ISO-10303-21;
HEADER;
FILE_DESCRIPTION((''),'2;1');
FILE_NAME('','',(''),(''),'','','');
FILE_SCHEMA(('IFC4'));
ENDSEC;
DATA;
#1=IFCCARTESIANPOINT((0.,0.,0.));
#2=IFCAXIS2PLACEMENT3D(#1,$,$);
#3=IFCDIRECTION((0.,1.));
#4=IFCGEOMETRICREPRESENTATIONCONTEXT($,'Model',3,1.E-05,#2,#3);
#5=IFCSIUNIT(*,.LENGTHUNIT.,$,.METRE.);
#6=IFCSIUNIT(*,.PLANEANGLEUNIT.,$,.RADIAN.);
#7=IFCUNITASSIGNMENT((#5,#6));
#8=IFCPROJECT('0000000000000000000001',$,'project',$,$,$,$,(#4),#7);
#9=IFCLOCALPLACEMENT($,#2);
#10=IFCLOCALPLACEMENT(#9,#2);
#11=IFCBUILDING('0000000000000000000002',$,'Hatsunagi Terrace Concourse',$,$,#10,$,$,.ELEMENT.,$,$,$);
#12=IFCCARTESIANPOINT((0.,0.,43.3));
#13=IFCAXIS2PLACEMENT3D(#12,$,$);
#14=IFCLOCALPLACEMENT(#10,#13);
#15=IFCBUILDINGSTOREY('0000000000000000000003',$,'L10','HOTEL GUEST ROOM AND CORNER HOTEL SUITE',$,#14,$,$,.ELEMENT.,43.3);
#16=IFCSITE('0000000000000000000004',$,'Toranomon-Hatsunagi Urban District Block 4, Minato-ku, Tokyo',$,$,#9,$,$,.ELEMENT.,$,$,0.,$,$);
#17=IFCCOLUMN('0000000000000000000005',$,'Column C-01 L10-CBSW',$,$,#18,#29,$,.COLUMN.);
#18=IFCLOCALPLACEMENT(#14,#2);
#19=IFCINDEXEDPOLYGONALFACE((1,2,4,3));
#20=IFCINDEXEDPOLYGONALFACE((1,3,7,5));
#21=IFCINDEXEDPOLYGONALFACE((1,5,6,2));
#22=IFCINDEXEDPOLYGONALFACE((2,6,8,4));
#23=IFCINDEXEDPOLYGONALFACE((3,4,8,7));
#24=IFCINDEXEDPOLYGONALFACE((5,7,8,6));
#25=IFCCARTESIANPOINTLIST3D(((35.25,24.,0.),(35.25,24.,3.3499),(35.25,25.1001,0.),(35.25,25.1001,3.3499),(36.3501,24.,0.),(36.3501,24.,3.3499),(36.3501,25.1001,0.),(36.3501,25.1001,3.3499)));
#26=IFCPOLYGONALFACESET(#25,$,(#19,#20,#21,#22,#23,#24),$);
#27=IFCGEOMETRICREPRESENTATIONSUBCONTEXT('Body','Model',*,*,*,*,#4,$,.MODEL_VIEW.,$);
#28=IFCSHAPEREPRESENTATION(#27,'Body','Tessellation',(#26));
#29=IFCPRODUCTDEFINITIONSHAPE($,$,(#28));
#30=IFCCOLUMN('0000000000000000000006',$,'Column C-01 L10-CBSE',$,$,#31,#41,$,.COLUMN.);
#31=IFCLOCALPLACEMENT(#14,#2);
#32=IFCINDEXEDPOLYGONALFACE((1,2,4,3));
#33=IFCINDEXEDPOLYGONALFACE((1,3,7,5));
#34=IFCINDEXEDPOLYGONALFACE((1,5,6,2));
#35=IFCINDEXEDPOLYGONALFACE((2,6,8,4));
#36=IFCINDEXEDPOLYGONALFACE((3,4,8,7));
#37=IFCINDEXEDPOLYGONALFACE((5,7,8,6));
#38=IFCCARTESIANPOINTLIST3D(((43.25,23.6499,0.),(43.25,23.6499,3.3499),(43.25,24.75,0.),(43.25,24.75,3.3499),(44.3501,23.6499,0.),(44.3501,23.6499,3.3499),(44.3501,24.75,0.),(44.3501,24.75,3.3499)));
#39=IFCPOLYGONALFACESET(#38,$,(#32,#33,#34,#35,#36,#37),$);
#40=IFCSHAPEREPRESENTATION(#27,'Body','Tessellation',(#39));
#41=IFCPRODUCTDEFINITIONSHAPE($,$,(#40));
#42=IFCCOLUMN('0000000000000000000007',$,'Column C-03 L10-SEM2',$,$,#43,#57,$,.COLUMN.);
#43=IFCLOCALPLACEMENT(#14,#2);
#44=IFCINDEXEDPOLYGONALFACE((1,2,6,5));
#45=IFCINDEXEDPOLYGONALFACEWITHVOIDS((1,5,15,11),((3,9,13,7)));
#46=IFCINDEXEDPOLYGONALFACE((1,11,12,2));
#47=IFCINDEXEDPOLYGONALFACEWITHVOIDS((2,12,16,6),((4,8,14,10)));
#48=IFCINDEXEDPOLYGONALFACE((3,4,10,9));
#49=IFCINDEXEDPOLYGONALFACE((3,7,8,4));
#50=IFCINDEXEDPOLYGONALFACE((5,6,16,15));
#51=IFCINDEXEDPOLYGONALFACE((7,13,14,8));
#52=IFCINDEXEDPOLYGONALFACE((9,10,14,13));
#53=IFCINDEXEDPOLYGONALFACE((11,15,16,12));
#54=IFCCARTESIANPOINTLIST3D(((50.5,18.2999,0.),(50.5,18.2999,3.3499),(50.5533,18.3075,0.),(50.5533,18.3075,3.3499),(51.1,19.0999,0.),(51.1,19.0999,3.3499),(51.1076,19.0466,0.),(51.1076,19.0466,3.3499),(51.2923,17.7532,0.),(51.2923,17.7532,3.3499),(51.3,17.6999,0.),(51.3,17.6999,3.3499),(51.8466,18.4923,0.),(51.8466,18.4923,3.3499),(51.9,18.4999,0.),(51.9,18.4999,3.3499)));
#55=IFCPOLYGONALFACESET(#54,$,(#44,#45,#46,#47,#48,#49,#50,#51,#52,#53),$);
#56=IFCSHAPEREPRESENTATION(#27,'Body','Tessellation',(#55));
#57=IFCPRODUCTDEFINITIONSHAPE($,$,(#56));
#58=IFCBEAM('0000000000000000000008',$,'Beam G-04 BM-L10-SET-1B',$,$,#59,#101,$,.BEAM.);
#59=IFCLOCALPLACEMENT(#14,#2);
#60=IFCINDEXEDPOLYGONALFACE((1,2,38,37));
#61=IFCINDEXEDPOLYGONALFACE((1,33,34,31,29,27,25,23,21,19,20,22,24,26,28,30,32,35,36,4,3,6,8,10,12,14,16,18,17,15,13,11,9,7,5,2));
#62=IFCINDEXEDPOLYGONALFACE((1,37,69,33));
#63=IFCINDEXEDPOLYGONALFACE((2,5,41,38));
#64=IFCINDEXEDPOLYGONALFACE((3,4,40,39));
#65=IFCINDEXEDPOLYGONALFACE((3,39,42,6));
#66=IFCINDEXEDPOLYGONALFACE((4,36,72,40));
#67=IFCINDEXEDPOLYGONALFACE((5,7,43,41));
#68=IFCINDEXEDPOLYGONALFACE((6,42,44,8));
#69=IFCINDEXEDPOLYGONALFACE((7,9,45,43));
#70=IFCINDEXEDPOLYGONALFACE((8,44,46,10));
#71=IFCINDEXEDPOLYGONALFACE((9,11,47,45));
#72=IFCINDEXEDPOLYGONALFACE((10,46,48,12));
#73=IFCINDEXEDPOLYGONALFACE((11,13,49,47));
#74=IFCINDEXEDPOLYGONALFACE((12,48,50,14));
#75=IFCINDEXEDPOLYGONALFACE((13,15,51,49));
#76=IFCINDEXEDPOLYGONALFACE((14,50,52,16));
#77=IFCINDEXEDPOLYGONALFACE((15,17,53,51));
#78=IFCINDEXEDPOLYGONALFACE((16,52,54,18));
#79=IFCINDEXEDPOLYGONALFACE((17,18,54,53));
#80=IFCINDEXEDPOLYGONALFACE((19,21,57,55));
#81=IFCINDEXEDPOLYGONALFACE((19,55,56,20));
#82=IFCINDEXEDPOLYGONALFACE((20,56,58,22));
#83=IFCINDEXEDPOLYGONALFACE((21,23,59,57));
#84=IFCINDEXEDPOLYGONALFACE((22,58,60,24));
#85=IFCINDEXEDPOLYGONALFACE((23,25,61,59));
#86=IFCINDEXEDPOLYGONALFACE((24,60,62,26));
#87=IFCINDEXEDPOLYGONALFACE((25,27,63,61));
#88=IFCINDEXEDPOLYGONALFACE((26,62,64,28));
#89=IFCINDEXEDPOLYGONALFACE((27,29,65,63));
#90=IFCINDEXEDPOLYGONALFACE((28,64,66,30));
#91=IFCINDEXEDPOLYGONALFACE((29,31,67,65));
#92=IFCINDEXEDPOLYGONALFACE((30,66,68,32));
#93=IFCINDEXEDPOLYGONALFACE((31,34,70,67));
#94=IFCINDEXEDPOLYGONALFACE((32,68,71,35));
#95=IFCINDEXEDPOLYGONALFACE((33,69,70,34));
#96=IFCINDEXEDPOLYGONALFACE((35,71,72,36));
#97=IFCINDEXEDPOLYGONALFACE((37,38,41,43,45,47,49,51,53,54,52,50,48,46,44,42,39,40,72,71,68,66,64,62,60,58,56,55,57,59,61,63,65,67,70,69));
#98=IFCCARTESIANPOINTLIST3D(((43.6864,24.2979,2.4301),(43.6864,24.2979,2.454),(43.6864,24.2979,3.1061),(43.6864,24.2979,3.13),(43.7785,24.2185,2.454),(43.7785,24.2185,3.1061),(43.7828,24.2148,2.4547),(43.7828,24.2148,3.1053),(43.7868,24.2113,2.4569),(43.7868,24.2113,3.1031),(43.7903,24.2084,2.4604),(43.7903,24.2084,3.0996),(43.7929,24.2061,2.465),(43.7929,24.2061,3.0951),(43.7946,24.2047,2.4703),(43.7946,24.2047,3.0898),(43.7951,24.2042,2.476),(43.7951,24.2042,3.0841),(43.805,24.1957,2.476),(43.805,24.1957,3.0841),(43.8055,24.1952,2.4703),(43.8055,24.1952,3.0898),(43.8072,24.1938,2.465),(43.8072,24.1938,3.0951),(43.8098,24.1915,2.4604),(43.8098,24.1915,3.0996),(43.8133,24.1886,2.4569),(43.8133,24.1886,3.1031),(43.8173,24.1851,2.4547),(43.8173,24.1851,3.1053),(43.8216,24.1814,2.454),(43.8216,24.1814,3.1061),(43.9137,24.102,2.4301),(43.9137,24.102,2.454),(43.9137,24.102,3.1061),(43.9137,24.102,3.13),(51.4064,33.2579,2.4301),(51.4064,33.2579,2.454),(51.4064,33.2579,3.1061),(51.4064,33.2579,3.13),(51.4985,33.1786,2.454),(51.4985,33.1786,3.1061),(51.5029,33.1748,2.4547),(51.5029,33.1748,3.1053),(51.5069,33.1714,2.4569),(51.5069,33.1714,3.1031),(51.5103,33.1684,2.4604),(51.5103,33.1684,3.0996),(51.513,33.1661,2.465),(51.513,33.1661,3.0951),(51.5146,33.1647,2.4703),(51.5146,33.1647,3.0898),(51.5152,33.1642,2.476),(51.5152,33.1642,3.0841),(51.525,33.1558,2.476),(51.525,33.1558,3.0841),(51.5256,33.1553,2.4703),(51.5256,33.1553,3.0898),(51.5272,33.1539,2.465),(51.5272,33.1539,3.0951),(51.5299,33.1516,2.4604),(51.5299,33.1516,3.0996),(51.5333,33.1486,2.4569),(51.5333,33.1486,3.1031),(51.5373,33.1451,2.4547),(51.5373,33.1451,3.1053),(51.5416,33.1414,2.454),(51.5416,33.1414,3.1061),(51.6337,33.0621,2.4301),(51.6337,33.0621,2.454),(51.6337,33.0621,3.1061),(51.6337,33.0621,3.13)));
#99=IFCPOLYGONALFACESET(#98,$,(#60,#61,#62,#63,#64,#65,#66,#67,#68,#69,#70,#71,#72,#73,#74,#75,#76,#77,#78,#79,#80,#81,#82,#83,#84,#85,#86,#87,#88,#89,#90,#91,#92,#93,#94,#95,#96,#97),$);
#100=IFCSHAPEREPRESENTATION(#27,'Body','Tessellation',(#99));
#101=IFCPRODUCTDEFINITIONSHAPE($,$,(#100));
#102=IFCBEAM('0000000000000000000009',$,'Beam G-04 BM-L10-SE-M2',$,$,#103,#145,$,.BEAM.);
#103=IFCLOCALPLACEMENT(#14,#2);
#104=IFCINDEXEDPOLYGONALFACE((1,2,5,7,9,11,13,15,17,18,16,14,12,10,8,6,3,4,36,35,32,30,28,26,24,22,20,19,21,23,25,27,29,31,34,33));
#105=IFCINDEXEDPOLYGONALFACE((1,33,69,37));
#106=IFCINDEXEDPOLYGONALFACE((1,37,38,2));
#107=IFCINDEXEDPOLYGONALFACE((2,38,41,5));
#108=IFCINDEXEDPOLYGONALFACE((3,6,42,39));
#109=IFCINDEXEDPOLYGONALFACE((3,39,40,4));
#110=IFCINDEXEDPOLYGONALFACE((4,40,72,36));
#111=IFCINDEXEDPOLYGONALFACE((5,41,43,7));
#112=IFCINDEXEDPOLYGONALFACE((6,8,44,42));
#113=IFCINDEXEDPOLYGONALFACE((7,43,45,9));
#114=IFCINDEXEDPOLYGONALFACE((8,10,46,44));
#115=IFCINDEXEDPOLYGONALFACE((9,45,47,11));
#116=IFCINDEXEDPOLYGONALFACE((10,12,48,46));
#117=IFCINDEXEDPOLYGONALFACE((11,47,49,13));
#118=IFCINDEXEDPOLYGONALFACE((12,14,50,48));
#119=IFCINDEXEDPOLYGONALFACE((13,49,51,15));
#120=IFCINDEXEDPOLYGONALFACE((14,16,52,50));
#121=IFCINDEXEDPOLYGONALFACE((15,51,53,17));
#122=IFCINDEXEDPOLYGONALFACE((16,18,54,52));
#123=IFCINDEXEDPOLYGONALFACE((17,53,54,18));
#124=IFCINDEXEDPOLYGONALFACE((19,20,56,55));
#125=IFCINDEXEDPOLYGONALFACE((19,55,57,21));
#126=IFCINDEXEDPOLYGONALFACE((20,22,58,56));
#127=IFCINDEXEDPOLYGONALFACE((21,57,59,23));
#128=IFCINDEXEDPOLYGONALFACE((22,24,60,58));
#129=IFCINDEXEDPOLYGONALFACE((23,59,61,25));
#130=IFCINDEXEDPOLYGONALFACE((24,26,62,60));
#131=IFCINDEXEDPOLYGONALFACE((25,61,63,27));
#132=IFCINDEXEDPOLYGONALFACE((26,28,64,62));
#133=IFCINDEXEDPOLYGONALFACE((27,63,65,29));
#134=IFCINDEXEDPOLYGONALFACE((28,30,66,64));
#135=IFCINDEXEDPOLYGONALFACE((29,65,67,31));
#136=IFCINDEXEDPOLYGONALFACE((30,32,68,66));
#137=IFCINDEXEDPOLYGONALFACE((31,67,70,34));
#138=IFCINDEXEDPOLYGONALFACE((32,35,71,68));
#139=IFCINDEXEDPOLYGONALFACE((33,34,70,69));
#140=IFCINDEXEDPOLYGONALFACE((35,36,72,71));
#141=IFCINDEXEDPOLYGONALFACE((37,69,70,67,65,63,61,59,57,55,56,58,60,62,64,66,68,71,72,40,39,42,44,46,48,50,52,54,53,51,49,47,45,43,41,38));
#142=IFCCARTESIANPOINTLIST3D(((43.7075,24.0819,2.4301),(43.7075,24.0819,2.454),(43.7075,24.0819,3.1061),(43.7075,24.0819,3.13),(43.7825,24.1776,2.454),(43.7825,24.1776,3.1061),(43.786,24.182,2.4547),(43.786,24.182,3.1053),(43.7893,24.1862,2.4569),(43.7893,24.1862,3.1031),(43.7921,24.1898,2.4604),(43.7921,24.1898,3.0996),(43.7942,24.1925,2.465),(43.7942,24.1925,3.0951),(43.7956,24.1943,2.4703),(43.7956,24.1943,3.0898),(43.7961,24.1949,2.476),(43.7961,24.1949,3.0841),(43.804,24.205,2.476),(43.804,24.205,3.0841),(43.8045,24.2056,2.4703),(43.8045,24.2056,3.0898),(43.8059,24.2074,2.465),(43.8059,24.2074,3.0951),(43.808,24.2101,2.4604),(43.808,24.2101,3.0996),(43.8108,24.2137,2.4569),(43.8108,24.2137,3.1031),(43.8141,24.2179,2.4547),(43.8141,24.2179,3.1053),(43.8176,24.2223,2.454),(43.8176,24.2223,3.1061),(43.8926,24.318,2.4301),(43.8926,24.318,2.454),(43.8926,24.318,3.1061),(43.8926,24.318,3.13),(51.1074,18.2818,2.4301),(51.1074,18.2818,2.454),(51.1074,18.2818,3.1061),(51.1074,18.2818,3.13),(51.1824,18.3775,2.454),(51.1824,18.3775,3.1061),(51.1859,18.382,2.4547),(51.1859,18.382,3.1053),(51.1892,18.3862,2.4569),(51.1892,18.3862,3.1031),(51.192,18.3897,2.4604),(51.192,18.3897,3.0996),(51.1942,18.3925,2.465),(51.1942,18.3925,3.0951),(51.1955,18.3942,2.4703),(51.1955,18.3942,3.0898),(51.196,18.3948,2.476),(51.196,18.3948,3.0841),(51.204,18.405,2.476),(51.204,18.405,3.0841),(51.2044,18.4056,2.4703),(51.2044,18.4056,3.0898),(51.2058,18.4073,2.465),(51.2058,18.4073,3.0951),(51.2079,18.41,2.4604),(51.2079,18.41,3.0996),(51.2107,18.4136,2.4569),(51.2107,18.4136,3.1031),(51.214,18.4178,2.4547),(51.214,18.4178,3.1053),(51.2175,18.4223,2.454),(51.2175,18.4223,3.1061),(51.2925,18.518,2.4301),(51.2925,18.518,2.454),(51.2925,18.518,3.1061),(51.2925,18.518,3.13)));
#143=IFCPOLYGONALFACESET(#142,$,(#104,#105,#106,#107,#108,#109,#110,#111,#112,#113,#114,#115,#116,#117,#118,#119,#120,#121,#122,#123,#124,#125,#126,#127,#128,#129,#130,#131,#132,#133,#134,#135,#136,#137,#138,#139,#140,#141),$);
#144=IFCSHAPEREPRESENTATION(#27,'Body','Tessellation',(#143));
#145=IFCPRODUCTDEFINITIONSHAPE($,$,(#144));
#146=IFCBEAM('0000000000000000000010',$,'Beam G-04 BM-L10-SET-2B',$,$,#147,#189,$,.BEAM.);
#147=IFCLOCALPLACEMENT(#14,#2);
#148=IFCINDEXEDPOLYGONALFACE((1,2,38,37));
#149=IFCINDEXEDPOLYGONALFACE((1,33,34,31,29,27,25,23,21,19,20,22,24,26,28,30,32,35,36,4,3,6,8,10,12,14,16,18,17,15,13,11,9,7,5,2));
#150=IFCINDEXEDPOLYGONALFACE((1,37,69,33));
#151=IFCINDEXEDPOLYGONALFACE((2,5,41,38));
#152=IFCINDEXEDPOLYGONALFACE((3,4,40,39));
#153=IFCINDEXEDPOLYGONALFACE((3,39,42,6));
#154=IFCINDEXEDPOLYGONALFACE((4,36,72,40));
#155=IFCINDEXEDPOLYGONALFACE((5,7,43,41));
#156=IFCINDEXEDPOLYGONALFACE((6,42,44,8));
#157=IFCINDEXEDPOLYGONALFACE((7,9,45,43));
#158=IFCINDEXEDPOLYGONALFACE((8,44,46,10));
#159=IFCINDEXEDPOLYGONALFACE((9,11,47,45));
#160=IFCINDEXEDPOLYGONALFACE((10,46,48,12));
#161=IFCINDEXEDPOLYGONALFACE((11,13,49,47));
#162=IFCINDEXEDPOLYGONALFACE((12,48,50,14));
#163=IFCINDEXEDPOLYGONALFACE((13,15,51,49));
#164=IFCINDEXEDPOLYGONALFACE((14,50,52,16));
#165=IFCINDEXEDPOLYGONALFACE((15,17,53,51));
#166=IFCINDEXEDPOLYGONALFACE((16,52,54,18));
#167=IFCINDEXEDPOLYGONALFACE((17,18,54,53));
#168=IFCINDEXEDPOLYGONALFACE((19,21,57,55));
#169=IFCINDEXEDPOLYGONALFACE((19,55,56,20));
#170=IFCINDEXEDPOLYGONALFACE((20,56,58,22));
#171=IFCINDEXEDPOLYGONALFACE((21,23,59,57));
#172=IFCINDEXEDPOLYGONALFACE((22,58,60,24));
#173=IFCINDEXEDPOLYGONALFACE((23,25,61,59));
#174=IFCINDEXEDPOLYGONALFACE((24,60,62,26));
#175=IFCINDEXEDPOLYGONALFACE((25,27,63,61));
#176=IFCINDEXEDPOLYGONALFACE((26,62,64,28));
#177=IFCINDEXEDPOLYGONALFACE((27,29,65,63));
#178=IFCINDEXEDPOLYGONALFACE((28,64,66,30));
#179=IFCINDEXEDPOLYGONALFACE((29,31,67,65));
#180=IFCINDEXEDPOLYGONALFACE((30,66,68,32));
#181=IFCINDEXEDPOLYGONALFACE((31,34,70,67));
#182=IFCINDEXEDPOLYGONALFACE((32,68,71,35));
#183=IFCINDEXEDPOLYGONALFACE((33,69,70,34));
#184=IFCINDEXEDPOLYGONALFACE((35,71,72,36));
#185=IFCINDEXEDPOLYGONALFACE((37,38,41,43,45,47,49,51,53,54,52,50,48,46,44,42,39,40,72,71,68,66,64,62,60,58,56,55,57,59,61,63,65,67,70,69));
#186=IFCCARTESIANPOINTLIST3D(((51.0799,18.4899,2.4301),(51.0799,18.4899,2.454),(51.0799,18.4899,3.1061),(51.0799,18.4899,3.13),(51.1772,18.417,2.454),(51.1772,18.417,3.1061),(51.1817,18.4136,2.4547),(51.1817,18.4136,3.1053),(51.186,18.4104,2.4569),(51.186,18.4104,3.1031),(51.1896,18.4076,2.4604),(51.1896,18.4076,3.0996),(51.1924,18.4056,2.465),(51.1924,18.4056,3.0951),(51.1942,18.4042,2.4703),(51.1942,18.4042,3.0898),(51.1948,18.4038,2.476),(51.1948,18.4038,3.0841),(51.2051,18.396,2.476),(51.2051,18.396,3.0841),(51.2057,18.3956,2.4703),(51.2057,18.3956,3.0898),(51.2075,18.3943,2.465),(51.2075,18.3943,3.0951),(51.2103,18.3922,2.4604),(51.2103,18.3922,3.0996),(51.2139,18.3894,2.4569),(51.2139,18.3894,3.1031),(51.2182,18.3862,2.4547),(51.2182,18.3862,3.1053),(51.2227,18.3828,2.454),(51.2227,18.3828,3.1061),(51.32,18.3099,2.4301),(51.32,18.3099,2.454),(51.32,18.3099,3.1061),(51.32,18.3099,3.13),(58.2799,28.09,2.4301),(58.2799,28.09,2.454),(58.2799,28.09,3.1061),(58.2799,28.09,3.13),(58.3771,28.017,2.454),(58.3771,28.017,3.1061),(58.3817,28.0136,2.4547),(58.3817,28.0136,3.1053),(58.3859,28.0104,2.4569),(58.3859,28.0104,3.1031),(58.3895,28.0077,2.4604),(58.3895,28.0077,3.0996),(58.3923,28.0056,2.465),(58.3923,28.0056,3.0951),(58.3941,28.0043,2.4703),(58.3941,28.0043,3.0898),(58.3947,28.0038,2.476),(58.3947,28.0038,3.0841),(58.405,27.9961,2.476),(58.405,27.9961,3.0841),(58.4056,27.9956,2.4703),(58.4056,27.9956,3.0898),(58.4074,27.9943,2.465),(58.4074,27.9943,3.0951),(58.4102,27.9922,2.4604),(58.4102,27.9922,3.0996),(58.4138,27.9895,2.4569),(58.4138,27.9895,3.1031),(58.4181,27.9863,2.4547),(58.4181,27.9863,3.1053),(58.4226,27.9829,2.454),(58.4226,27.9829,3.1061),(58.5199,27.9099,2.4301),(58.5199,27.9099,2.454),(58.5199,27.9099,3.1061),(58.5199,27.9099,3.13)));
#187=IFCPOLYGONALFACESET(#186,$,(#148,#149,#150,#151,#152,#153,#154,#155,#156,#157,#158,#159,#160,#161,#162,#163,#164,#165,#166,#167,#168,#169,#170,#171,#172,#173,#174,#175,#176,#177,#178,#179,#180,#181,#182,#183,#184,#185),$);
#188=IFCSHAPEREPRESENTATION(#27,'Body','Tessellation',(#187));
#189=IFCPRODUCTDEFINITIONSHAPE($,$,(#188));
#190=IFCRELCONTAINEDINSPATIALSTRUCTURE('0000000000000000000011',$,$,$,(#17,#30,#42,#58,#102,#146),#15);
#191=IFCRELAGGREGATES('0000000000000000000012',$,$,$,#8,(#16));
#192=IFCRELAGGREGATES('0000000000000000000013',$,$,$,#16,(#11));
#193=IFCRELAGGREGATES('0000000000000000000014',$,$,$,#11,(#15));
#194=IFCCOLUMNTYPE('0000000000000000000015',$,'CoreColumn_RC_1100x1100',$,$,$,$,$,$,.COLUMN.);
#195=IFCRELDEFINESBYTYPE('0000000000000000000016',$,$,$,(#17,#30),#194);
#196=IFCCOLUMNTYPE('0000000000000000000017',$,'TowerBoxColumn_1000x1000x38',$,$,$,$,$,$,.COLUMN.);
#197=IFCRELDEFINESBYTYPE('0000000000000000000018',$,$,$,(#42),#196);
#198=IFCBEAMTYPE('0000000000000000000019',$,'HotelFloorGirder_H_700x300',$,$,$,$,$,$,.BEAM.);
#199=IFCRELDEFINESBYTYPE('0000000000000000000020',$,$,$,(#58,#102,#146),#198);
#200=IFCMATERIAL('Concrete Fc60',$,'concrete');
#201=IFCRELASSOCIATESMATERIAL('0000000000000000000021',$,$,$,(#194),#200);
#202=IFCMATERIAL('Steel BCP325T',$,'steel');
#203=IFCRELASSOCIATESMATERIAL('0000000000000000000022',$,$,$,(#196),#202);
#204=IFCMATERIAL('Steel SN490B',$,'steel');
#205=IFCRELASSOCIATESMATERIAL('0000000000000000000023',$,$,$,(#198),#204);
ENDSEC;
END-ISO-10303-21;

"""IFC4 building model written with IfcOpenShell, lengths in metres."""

from ifc_helpers import new_model, si_unit, direction, frame, origin, origin_2d, place, context, subcontext, project, spatial, rectangle, hollow_rectangle, i_section, extrude, material, material_profile, profile_set, type_object, element, save


model = new_model("IFC4")

# Units and contexts
model_context = context("Model", 3, precision=1e-05, world=origin(), true_north=direction((0.0, 1.0)))
body_context = subcontext(model_context, "Body", "Model", "MODEL_VIEW")
ifc_project = project(units=[si_unit("LENGTHUNIT", "METRE"), si_unit("PLANEANGLEUNIT", "RADIAN")], contexts=[model_context])

# Site, building, storey
site_placement = place(None, origin())
site = spatial("IfcSite", under=ifc_project, at=site_placement, Name="Toranomon-Hatsunagi Urban District Block 4, Minato-ku, Tokyo", CompositionType="ELEMENT", RefElevation=0.0)
building_placement = place(site_placement, origin())
building = spatial("IfcBuilding", under=site, at=building_placement, Name="Hatsunagi Terrace Concourse", CompositionType="ELEMENT")
storey_placement = place(building_placement, frame((0.0, 0.0, 43.3)))
storey = spatial("IfcBuildingStorey", under=building, at=storey_placement, Name="L10", Description="HOTEL GUEST ROOM AND CORNER HOTEL SUITE", CompositionType="ELEMENT", Elevation=43.3)

# Columns
ifc_material_1 = material(Name="Concrete Fc60", Category="concrete")
ifc_material_profile_1 = material_profile(ifc_material_1, rectangle(XDim=1.1001, YDim=1.1001, at=origin_2d()), Name="RC-1100x1100")
ifc_profile_set_1 = profile_set([ifc_material_profile_1], Name="Concrete Fc60")
column_type_1 = type_object("IfcColumnType", Name="CoreColumn_RC_1100x1100", PredefinedType="COLUMN", material=ifc_profile_set_1)
for number, where, z_axis, x_axis, name in (
    (1, (35.8, 24.55, 0.0), (0.0, 0.0, 1.0), (1.0, 0.0, 0.0), "Column C-01 L10-CBSW"),
    (2, (43.8, 24.2, 0.0), (0.0, 0.0, 1.0), (1.0, 0.0, 0.0), "Column C-01 L10-CBSE"),
):
    element("IfcColumn", number, at=place(storey_placement, frame(where, z_axis=z_axis, x_axis=x_axis)), inside=storey, type_object=column_type_1, Name=name, PredefinedType="COLUMN", context=body_context, shape_type="SweptSolid", body=[
        extrude(rectangle(XDim=1.1001, YDim=1.1001, at=origin_2d()), origin(), (0.0, 0.0, 1.0), 3.3499),
    ])
ifc_material_2 = material(Name="Steel BCP325T", Category="steel")
ifc_material_profile_2 = material_profile(ifc_material_2, hollow_rectangle(XDim=1.0, YDim=1.0, WallThickness=0.0381, at=origin_2d()), Name="BCP-1000x1000x38")
ifc_profile_set_2 = profile_set([ifc_material_profile_2], Name="Steel BCP325T")
column_type_2 = type_object("IfcColumnType", Name="TowerBoxColumn_1000x1000x38", PredefinedType="COLUMN", material=ifc_profile_set_2)
column_placement = place(storey_placement, frame((51.2, 18.3999, 0.0), z_axis=(0.0, 0.0, 1.0), x_axis=(0.8, -0.6, 0.0)))
element("IfcColumn", 3, at=column_placement, inside=storey, type_object=column_type_2, Name="Column C-03 L10-SEM2", PredefinedType="COLUMN", context=body_context, shape_type="SweptSolid", body=[
    extrude(hollow_rectangle(XDim=1.0, YDim=1.0, WallThickness=0.0381, at=origin_2d()), origin(), (0.0, 0.0, 1.0), 3.3499),
])

# Beams
ifc_material_3 = material(Name="Steel SN490B", Category="steel")
ifc_material_profile_3 = material_profile(ifc_material_3, i_section(OverallWidth=0.3, OverallDepth=0.7, WebThickness=0.0129, FlangeThickness=0.0239, FilletRadius=0.022, at=origin_2d()), Name="H-700x300x13x24")
ifc_profile_set_3 = profile_set([ifc_material_profile_3], Name="Steel SN490B")
beam_type_1 = type_object("IfcBeamType", Name="HotelFloorGirder_H_700x300", PredefinedType="BEAM", material=ifc_profile_set_3)
beam_1_placement = place(storey_placement, frame((43.8, 24.2, 2.78), z_axis=(0.652739, 0.757583, 0.0), x_axis=(-0.757583, 0.652739, 0.0)))
element("IfcBeam", 4, at=beam_1_placement, inside=storey, type_object=beam_type_1, Name="Beam G-04 BM-L10-SET-1B", PredefinedType="BEAM", context=body_context, shape_type="SweptSolid", body=[
    extrude(i_section(OverallWidth=0.3, OverallDepth=0.7, WebThickness=0.0129, FlangeThickness=0.0239, FilletRadius=0.022, at=origin_2d()), origin(), (0.0, 0.0, 1.0), 11.8271),
])
beam_2_placement = place(storey_placement, frame((43.8, 24.2, 2.78), z_axis=(0.787049, -0.61689, 0.0), x_axis=(0.61689, 0.787049, 0.0)))
element("IfcBeam", 5, at=beam_2_placement, inside=storey, type_object=beam_type_1, Name="Beam G-04 BM-L10-SE-M2", PredefinedType="BEAM", context=body_context, shape_type="SweptSolid", body=[
    extrude(i_section(OverallWidth=0.3, OverallDepth=0.7, WebThickness=0.0129, FlangeThickness=0.0239, FilletRadius=0.022, at=origin_2d()), origin(), (0.0, 0.0, 1.0), 9.4021),
])
beam_3_placement = place(storey_placement, frame((51.2, 18.3999, 2.78), z_axis=(0.599993, 0.800005, 0.0), x_axis=(-0.800005, 0.599993, 0.0)))
element("IfcBeam", 6, at=beam_3_placement, inside=storey, type_object=beam_type_1, Name="Beam G-04 BM-L10-SET-2B", PredefinedType="BEAM", context=body_context, shape_type="SweptSolid", body=[
    extrude(i_section(OverallWidth=0.3, OverallDepth=0.7, WebThickness=0.0129, FlangeThickness=0.0239, FilletRadius=0.022, at=origin_2d()), origin(), (0.0, 0.0, 1.0), 12.0),
])

save(model, "model.ifc")
